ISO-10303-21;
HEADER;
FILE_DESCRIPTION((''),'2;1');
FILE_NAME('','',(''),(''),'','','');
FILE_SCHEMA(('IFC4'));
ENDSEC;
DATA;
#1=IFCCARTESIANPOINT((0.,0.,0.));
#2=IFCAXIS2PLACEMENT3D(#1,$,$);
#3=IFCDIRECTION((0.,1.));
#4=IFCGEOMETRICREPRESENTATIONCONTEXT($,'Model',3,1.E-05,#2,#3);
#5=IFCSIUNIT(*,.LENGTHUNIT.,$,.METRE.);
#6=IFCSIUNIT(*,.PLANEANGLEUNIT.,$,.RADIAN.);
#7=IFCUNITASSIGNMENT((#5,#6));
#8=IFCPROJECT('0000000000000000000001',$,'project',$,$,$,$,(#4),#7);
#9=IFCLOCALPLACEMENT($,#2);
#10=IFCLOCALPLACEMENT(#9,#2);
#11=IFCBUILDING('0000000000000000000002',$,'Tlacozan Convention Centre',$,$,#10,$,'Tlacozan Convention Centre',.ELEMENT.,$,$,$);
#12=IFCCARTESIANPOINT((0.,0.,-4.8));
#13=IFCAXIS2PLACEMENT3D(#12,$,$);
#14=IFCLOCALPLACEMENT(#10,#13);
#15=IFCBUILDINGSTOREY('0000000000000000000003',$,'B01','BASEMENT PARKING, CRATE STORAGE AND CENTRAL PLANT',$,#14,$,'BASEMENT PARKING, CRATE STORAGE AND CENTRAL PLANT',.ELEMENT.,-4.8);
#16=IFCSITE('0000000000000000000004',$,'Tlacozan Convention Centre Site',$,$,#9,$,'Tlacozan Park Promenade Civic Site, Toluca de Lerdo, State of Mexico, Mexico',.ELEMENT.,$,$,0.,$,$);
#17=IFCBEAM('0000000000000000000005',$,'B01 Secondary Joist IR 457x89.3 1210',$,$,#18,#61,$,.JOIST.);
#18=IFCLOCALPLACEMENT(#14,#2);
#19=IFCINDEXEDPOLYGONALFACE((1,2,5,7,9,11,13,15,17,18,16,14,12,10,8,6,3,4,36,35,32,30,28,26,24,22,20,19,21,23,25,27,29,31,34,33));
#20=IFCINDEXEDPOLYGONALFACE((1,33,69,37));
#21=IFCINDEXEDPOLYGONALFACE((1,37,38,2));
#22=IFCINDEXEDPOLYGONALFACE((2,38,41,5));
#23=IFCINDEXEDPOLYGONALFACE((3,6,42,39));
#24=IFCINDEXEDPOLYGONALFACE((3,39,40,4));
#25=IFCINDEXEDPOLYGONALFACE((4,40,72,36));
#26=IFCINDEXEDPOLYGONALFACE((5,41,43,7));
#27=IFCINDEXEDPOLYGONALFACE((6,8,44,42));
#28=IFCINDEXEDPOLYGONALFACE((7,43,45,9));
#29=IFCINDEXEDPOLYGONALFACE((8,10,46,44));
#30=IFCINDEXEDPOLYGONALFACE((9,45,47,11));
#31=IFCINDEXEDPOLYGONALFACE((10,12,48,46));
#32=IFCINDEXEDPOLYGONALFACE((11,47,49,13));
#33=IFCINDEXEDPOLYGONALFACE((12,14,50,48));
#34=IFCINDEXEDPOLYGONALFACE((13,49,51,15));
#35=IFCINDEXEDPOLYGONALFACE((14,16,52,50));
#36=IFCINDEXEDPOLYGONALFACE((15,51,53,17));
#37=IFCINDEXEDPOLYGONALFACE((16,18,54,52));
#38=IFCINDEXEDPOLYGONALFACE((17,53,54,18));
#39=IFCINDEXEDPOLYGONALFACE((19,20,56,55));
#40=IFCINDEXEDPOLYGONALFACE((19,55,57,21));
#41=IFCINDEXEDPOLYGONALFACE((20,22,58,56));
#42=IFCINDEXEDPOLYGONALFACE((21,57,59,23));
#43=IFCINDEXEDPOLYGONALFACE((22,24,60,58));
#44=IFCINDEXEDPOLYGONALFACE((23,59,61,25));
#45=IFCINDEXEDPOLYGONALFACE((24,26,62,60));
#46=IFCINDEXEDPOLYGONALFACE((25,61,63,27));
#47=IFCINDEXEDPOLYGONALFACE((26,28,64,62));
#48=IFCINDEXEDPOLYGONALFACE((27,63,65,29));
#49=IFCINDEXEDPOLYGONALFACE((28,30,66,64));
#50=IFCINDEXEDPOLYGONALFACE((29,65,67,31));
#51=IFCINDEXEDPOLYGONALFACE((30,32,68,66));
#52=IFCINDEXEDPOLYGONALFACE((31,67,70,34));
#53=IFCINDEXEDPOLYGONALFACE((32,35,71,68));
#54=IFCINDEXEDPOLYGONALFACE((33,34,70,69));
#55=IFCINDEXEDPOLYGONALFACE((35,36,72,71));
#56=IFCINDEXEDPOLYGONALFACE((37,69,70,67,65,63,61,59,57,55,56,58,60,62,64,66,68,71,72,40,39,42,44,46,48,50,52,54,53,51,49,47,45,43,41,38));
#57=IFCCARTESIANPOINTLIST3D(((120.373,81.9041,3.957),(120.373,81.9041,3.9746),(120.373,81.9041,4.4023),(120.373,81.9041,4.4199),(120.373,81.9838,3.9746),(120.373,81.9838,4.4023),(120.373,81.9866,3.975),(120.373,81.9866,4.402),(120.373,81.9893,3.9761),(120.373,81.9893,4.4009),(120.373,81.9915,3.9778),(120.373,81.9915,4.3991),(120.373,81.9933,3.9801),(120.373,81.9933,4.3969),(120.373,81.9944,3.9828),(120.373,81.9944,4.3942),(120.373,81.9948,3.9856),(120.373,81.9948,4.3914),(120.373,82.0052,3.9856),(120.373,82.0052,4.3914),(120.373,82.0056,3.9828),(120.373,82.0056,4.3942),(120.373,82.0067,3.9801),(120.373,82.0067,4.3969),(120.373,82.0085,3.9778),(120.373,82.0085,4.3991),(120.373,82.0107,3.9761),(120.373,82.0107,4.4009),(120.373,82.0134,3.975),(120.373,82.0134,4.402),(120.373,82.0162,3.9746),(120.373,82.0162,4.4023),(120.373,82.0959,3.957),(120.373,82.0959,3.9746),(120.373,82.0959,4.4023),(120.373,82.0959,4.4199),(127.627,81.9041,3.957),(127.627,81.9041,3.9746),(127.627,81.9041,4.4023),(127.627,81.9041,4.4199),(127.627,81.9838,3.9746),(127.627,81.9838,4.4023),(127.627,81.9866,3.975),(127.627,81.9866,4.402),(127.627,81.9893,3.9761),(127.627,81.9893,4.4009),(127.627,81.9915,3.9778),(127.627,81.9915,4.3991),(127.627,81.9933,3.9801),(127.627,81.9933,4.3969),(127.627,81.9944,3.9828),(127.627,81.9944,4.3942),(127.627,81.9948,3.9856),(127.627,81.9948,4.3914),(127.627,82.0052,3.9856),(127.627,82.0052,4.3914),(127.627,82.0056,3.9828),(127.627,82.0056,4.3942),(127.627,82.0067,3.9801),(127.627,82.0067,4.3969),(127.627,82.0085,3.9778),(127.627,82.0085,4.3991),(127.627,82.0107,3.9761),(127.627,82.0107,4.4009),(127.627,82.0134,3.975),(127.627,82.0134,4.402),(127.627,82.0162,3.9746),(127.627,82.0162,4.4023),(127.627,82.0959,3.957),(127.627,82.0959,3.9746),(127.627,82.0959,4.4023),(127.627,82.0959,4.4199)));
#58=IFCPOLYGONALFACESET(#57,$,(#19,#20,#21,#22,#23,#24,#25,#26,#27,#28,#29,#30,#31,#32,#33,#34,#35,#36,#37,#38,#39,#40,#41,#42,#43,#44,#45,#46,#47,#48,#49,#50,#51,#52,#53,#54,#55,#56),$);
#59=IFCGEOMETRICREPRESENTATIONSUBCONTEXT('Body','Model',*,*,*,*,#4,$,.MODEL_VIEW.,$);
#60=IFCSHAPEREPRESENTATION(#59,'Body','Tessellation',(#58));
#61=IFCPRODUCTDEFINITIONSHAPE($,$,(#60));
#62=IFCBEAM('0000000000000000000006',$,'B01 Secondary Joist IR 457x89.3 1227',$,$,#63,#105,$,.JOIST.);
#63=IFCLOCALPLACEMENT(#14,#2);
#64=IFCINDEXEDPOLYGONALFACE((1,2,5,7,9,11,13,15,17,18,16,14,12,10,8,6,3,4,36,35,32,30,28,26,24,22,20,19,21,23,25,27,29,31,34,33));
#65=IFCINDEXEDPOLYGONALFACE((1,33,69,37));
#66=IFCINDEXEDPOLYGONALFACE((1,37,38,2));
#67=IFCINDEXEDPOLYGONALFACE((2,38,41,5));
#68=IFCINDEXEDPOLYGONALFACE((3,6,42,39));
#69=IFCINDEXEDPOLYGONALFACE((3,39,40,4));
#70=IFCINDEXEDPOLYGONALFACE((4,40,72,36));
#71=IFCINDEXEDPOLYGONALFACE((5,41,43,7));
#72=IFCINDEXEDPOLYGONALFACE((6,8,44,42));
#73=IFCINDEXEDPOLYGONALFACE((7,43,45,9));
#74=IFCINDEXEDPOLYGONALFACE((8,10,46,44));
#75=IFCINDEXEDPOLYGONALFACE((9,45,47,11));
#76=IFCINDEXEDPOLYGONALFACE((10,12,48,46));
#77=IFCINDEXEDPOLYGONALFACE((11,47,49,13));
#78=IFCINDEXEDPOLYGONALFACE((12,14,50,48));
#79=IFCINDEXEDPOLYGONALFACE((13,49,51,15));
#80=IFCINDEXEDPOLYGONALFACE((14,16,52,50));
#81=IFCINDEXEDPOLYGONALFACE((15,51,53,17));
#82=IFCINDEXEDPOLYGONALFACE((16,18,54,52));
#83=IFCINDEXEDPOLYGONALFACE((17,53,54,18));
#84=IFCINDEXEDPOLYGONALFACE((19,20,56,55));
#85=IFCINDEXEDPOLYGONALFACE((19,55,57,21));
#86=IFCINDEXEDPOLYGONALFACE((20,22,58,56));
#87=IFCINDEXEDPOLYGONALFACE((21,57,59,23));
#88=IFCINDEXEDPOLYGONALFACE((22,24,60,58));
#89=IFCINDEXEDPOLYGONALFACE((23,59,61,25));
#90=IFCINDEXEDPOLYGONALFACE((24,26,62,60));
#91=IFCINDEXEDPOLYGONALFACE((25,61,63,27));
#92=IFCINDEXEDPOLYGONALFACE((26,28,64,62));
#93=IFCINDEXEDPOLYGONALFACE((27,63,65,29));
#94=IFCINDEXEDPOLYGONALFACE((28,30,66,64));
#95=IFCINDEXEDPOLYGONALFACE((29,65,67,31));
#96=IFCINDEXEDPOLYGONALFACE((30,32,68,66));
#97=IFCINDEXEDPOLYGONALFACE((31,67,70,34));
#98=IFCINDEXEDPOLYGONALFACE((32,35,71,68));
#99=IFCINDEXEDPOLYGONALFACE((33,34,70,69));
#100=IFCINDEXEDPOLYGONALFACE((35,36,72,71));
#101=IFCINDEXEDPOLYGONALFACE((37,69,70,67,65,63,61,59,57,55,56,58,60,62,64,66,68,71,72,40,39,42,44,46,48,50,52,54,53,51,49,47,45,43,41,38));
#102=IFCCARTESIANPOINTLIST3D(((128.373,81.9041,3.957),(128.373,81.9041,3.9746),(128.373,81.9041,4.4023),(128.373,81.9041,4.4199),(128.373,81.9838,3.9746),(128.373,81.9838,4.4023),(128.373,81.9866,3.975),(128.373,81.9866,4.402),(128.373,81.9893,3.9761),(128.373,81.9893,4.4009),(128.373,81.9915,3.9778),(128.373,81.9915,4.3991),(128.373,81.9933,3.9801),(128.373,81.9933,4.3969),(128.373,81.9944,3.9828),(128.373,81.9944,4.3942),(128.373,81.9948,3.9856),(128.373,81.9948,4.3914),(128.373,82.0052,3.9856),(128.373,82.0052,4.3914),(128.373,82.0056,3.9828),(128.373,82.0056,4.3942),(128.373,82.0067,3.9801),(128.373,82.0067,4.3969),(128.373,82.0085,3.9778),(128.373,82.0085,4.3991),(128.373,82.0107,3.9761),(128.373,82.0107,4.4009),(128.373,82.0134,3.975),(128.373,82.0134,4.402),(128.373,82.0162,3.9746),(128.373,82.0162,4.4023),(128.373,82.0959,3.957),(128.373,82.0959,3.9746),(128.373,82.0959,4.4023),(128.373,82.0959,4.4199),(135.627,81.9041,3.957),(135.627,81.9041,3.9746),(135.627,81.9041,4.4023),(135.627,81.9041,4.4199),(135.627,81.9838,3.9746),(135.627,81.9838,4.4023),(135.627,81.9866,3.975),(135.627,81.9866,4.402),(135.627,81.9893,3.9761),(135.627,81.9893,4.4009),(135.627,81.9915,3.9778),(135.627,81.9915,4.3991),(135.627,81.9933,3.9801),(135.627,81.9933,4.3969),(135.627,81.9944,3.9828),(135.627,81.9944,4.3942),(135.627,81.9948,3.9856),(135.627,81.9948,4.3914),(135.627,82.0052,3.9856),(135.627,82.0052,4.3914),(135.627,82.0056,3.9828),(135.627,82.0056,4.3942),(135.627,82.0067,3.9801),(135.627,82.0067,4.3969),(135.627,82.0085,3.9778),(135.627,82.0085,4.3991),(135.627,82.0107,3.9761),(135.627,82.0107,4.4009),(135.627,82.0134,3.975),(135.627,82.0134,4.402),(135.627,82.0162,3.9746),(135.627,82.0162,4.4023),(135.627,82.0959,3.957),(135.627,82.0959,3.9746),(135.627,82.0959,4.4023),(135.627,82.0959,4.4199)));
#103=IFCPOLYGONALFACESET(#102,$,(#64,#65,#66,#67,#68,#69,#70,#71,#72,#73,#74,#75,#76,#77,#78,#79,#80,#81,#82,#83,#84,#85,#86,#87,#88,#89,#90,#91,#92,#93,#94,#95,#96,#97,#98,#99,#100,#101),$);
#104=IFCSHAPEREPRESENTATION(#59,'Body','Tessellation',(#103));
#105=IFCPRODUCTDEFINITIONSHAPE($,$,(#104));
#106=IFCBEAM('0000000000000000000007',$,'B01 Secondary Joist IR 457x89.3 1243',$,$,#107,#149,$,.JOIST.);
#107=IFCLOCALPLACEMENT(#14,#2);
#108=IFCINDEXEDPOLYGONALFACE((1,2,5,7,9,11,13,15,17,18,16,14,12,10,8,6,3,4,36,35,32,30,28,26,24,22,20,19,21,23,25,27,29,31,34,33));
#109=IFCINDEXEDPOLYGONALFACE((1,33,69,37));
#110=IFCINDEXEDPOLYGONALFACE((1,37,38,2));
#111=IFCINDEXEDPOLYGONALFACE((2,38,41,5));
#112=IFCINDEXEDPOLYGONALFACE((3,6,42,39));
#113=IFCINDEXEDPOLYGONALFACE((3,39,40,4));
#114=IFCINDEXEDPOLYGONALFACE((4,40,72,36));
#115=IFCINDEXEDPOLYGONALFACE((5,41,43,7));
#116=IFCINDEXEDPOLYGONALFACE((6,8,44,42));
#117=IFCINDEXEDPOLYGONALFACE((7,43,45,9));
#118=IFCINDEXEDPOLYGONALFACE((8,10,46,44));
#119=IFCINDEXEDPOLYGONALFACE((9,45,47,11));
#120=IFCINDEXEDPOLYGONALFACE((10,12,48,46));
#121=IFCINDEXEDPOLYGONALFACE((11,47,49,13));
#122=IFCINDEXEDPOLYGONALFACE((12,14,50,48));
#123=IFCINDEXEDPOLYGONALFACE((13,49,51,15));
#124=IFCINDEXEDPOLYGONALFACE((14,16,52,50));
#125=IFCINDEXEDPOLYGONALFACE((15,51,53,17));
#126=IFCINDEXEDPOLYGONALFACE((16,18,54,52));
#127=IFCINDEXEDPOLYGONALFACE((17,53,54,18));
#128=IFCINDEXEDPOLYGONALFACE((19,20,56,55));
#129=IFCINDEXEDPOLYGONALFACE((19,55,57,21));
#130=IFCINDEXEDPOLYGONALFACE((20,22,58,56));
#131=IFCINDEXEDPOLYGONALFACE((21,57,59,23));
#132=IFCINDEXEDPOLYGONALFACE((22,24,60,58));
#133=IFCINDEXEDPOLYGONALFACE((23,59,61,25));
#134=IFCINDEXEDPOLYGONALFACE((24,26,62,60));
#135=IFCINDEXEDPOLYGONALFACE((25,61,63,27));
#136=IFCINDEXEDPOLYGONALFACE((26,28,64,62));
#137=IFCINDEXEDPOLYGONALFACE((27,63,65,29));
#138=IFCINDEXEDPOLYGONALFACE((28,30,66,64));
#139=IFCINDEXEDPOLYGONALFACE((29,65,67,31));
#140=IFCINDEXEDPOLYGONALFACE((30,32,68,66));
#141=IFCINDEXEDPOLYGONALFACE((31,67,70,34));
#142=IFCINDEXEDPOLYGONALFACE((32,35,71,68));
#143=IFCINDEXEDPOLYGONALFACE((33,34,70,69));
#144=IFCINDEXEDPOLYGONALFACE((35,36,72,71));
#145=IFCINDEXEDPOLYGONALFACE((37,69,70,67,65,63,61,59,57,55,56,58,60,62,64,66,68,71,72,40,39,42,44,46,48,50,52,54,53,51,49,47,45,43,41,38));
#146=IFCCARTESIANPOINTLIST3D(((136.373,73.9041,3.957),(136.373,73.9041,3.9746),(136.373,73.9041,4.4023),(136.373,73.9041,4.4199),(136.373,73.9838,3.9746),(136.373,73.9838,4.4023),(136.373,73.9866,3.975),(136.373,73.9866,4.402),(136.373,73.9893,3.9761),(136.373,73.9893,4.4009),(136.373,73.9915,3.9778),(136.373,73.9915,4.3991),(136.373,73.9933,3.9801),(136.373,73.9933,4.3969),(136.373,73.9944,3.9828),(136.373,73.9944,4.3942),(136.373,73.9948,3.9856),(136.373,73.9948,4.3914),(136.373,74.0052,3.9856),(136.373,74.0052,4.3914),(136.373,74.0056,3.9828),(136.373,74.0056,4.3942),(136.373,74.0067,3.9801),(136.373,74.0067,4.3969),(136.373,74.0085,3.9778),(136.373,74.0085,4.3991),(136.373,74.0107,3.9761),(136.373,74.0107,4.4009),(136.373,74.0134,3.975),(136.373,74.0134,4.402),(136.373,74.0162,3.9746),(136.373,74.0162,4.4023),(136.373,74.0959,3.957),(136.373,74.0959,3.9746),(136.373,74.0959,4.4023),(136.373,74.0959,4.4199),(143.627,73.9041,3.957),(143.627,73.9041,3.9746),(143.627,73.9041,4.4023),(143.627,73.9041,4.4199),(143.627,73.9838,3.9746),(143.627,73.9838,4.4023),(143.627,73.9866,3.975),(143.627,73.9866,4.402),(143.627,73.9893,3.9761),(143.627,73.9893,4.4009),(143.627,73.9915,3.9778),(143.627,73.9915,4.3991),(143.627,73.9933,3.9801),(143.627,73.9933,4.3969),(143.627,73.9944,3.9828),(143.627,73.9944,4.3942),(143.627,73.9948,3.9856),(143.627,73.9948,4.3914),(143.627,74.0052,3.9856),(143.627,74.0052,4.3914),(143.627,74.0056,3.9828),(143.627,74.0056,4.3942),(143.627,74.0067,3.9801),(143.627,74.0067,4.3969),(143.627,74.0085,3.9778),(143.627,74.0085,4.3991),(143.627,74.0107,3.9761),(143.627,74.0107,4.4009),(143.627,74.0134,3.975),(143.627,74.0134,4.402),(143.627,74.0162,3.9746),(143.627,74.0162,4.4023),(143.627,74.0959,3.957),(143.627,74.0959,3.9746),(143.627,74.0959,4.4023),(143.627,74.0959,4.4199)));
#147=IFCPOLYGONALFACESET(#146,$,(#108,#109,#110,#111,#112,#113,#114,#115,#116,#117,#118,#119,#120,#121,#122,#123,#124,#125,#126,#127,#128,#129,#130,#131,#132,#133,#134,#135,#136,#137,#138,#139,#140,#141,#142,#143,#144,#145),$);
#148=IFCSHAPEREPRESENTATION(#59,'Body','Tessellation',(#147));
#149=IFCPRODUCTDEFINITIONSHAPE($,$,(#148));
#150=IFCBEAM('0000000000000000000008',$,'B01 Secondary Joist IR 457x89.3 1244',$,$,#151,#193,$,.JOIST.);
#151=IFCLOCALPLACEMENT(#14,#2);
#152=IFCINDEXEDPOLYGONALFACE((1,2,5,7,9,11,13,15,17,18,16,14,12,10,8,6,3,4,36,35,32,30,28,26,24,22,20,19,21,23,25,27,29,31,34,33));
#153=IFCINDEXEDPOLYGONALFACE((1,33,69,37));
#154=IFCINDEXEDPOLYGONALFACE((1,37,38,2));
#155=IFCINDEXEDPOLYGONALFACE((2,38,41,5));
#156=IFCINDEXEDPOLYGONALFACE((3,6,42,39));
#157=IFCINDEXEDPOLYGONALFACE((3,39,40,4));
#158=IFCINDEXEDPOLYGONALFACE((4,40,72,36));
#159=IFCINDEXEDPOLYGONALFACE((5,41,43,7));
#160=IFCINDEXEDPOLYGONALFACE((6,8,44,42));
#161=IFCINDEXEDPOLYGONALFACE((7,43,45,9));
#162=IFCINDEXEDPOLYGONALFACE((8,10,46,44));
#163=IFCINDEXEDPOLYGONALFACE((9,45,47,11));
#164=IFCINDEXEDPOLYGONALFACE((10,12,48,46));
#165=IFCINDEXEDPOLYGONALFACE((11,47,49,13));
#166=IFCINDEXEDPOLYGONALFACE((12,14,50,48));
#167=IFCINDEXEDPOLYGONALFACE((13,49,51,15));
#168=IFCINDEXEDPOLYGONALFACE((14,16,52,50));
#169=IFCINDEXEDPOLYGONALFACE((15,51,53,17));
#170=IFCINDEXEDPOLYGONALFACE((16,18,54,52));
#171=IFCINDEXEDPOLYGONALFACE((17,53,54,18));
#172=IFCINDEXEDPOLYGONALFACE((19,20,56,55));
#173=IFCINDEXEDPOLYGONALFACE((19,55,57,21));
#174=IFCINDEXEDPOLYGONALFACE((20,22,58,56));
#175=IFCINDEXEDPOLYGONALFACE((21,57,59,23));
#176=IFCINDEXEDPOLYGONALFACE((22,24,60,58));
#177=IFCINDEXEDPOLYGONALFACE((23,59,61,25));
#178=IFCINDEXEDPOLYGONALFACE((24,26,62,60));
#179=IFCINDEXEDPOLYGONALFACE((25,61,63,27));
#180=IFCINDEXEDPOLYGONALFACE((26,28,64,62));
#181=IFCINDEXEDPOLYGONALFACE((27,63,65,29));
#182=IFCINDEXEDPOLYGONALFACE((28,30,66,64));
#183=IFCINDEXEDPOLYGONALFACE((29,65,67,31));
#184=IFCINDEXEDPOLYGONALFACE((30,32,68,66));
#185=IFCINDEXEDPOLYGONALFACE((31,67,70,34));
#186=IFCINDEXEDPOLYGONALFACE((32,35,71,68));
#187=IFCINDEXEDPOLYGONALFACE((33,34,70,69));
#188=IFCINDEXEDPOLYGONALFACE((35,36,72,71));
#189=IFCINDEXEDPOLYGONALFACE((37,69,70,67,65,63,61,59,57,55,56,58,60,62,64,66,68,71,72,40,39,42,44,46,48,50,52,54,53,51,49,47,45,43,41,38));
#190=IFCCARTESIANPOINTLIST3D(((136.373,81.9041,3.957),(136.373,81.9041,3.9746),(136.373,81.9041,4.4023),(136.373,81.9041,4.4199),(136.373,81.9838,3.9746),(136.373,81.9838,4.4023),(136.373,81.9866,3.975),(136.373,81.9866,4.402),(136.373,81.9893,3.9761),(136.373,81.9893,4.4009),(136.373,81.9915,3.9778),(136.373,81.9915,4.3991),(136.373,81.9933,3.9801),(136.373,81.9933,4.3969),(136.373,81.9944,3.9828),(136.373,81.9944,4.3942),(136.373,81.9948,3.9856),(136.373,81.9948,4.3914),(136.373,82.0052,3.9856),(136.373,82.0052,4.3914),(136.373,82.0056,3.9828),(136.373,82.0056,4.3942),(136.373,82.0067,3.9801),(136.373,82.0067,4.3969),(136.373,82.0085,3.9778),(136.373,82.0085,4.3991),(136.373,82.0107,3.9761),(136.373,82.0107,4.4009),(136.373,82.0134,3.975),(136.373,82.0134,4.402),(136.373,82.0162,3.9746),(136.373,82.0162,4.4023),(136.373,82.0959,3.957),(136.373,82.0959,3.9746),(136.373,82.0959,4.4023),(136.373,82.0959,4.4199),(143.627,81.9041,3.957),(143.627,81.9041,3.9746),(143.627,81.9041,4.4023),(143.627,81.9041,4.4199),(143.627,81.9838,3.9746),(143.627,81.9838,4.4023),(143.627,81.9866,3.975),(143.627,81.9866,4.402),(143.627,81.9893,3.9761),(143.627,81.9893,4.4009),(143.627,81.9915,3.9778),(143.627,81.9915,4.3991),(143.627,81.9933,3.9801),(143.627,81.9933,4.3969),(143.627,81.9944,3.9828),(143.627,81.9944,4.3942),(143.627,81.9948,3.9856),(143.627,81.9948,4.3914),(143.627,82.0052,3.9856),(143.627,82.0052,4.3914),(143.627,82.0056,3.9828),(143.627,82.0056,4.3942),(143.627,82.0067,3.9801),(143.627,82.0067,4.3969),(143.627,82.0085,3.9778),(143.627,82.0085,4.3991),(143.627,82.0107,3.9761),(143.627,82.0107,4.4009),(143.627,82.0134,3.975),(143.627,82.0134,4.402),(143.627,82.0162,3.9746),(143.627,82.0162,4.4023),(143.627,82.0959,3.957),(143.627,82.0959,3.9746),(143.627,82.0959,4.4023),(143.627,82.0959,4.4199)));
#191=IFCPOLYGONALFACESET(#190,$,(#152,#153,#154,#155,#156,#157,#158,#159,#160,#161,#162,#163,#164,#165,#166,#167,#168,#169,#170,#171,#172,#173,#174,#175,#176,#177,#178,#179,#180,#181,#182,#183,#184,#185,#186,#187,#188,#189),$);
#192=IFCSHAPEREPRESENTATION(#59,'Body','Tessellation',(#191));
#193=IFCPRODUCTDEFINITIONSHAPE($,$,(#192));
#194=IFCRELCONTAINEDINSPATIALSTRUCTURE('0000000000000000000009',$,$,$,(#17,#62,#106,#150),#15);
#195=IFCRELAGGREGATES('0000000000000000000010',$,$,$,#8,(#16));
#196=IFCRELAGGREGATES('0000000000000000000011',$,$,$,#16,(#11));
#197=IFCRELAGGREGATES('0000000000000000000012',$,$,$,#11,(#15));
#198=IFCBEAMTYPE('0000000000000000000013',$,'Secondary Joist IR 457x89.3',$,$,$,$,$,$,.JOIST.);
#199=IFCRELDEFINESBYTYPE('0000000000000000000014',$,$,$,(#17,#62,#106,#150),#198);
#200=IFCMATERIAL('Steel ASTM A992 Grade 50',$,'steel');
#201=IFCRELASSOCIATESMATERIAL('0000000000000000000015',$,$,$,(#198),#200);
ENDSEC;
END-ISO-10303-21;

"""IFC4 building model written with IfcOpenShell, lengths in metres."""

from ifc_helpers import new_model, si_unit, direction, frame, origin, origin_2d, place, context, subcontext, project, spatial, i_section, extrude, material, material_profile, profile_set, type_object, element, save


model = new_model("IFC4")

# Units and contexts
model_context = context("Model", 3, precision=1e-05, world=origin(), true_north=direction((0.0, 1.0)))
body_context = subcontext(model_context, "Body", "Model", "MODEL_VIEW")
ifc_project = project(units=[si_unit("LENGTHUNIT", "METRE"), si_unit("PLANEANGLEUNIT", "RADIAN")], contexts=[model_context])

# Site, building, storey
site_placement = place(None, origin())
site = spatial("IfcSite", under=ifc_project, at=site_placement, Name="Tlacozan Convention Centre Site", LongName="Tlacozan Park Promenade Civic Site, Toluca de Lerdo, State of Mexico, Mexico", CompositionType="ELEMENT", RefElevation=0.0)
building_placement = place(site_placement, origin())
building = spatial("IfcBuilding", under=site, at=building_placement, Name="Tlacozan Convention Centre", LongName="Tlacozan Convention Centre", CompositionType="ELEMENT")
storey_placement = place(building_placement, frame((0.0, 0.0, -4.8)))
storey = spatial("IfcBuildingStorey", under=building, at=storey_placement, Name="B01", Description="BASEMENT PARKING, CRATE STORAGE AND CENTRAL PLANT", LongName="BASEMENT PARKING, CRATE STORAGE AND CENTRAL PLANT", CompositionType="ELEMENT", Elevation=-4.8)

# Beams
ifc_material_1 = material(Name="Steel ASTM A992 Grade 50", Category="steel")
ifc_material_profile_1 = material_profile(ifc_material_1, i_section(OverallWidth=0.1919, OverallDepth=0.4629, WebThickness=0.0105, FlangeThickness=0.0176, FilletRadius=0.011, at=origin_2d()), Name="IR 457x89.3")
ifc_profile_set_1 = profile_set([ifc_material_profile_1], Name="Steel ASTM A992 Grade 50")
beam_type_1 = type_object("IfcBeamType", Name="Secondary Joist IR 457x89.3", PredefinedType="JOIST", material=ifc_profile_set_1)
for number, where, z_axis, x_axis, name in (
    (1, (120.373, 82.0, 4.1885), (1.0, 0.0, 0.0), (0.0, 1.0, 0.0), "B01 Secondary Joist IR 457x89.3 1210"),
    (2, (128.373, 82.0, 4.1885), (1.0, 0.0, 0.0), (0.0, 1.0, 0.0), "B01 Secondary Joist IR 457x89.3 1227"),
    (3, (136.373, 74.0, 4.1885), (1.0, 0.0, 0.0), (0.0, 1.0, 0.0), "B01 Secondary Joist IR 457x89.3 1243"),
    (4, (136.373, 82.0, 4.1885), (1.0, 0.0, 0.0), (0.0, 1.0, 0.0), "B01 Secondary Joist IR 457x89.3 1244"),
):
    element("IfcBeam", number, at=place(storey_placement, frame(where, z_axis=z_axis, x_axis=x_axis)), inside=storey, type_object=beam_type_1, Name=name, PredefinedType="JOIST", context=body_context, shape_type="SweptSolid", body=[
        extrude(i_section(OverallWidth=0.1919, OverallDepth=0.4629, WebThickness=0.0105, FlangeThickness=0.0176, FilletRadius=0.011, at=origin_2d()), origin(), (0.0, 0.0, 1.0), 7.2539),
    ])

save(model, "model.ifc")
